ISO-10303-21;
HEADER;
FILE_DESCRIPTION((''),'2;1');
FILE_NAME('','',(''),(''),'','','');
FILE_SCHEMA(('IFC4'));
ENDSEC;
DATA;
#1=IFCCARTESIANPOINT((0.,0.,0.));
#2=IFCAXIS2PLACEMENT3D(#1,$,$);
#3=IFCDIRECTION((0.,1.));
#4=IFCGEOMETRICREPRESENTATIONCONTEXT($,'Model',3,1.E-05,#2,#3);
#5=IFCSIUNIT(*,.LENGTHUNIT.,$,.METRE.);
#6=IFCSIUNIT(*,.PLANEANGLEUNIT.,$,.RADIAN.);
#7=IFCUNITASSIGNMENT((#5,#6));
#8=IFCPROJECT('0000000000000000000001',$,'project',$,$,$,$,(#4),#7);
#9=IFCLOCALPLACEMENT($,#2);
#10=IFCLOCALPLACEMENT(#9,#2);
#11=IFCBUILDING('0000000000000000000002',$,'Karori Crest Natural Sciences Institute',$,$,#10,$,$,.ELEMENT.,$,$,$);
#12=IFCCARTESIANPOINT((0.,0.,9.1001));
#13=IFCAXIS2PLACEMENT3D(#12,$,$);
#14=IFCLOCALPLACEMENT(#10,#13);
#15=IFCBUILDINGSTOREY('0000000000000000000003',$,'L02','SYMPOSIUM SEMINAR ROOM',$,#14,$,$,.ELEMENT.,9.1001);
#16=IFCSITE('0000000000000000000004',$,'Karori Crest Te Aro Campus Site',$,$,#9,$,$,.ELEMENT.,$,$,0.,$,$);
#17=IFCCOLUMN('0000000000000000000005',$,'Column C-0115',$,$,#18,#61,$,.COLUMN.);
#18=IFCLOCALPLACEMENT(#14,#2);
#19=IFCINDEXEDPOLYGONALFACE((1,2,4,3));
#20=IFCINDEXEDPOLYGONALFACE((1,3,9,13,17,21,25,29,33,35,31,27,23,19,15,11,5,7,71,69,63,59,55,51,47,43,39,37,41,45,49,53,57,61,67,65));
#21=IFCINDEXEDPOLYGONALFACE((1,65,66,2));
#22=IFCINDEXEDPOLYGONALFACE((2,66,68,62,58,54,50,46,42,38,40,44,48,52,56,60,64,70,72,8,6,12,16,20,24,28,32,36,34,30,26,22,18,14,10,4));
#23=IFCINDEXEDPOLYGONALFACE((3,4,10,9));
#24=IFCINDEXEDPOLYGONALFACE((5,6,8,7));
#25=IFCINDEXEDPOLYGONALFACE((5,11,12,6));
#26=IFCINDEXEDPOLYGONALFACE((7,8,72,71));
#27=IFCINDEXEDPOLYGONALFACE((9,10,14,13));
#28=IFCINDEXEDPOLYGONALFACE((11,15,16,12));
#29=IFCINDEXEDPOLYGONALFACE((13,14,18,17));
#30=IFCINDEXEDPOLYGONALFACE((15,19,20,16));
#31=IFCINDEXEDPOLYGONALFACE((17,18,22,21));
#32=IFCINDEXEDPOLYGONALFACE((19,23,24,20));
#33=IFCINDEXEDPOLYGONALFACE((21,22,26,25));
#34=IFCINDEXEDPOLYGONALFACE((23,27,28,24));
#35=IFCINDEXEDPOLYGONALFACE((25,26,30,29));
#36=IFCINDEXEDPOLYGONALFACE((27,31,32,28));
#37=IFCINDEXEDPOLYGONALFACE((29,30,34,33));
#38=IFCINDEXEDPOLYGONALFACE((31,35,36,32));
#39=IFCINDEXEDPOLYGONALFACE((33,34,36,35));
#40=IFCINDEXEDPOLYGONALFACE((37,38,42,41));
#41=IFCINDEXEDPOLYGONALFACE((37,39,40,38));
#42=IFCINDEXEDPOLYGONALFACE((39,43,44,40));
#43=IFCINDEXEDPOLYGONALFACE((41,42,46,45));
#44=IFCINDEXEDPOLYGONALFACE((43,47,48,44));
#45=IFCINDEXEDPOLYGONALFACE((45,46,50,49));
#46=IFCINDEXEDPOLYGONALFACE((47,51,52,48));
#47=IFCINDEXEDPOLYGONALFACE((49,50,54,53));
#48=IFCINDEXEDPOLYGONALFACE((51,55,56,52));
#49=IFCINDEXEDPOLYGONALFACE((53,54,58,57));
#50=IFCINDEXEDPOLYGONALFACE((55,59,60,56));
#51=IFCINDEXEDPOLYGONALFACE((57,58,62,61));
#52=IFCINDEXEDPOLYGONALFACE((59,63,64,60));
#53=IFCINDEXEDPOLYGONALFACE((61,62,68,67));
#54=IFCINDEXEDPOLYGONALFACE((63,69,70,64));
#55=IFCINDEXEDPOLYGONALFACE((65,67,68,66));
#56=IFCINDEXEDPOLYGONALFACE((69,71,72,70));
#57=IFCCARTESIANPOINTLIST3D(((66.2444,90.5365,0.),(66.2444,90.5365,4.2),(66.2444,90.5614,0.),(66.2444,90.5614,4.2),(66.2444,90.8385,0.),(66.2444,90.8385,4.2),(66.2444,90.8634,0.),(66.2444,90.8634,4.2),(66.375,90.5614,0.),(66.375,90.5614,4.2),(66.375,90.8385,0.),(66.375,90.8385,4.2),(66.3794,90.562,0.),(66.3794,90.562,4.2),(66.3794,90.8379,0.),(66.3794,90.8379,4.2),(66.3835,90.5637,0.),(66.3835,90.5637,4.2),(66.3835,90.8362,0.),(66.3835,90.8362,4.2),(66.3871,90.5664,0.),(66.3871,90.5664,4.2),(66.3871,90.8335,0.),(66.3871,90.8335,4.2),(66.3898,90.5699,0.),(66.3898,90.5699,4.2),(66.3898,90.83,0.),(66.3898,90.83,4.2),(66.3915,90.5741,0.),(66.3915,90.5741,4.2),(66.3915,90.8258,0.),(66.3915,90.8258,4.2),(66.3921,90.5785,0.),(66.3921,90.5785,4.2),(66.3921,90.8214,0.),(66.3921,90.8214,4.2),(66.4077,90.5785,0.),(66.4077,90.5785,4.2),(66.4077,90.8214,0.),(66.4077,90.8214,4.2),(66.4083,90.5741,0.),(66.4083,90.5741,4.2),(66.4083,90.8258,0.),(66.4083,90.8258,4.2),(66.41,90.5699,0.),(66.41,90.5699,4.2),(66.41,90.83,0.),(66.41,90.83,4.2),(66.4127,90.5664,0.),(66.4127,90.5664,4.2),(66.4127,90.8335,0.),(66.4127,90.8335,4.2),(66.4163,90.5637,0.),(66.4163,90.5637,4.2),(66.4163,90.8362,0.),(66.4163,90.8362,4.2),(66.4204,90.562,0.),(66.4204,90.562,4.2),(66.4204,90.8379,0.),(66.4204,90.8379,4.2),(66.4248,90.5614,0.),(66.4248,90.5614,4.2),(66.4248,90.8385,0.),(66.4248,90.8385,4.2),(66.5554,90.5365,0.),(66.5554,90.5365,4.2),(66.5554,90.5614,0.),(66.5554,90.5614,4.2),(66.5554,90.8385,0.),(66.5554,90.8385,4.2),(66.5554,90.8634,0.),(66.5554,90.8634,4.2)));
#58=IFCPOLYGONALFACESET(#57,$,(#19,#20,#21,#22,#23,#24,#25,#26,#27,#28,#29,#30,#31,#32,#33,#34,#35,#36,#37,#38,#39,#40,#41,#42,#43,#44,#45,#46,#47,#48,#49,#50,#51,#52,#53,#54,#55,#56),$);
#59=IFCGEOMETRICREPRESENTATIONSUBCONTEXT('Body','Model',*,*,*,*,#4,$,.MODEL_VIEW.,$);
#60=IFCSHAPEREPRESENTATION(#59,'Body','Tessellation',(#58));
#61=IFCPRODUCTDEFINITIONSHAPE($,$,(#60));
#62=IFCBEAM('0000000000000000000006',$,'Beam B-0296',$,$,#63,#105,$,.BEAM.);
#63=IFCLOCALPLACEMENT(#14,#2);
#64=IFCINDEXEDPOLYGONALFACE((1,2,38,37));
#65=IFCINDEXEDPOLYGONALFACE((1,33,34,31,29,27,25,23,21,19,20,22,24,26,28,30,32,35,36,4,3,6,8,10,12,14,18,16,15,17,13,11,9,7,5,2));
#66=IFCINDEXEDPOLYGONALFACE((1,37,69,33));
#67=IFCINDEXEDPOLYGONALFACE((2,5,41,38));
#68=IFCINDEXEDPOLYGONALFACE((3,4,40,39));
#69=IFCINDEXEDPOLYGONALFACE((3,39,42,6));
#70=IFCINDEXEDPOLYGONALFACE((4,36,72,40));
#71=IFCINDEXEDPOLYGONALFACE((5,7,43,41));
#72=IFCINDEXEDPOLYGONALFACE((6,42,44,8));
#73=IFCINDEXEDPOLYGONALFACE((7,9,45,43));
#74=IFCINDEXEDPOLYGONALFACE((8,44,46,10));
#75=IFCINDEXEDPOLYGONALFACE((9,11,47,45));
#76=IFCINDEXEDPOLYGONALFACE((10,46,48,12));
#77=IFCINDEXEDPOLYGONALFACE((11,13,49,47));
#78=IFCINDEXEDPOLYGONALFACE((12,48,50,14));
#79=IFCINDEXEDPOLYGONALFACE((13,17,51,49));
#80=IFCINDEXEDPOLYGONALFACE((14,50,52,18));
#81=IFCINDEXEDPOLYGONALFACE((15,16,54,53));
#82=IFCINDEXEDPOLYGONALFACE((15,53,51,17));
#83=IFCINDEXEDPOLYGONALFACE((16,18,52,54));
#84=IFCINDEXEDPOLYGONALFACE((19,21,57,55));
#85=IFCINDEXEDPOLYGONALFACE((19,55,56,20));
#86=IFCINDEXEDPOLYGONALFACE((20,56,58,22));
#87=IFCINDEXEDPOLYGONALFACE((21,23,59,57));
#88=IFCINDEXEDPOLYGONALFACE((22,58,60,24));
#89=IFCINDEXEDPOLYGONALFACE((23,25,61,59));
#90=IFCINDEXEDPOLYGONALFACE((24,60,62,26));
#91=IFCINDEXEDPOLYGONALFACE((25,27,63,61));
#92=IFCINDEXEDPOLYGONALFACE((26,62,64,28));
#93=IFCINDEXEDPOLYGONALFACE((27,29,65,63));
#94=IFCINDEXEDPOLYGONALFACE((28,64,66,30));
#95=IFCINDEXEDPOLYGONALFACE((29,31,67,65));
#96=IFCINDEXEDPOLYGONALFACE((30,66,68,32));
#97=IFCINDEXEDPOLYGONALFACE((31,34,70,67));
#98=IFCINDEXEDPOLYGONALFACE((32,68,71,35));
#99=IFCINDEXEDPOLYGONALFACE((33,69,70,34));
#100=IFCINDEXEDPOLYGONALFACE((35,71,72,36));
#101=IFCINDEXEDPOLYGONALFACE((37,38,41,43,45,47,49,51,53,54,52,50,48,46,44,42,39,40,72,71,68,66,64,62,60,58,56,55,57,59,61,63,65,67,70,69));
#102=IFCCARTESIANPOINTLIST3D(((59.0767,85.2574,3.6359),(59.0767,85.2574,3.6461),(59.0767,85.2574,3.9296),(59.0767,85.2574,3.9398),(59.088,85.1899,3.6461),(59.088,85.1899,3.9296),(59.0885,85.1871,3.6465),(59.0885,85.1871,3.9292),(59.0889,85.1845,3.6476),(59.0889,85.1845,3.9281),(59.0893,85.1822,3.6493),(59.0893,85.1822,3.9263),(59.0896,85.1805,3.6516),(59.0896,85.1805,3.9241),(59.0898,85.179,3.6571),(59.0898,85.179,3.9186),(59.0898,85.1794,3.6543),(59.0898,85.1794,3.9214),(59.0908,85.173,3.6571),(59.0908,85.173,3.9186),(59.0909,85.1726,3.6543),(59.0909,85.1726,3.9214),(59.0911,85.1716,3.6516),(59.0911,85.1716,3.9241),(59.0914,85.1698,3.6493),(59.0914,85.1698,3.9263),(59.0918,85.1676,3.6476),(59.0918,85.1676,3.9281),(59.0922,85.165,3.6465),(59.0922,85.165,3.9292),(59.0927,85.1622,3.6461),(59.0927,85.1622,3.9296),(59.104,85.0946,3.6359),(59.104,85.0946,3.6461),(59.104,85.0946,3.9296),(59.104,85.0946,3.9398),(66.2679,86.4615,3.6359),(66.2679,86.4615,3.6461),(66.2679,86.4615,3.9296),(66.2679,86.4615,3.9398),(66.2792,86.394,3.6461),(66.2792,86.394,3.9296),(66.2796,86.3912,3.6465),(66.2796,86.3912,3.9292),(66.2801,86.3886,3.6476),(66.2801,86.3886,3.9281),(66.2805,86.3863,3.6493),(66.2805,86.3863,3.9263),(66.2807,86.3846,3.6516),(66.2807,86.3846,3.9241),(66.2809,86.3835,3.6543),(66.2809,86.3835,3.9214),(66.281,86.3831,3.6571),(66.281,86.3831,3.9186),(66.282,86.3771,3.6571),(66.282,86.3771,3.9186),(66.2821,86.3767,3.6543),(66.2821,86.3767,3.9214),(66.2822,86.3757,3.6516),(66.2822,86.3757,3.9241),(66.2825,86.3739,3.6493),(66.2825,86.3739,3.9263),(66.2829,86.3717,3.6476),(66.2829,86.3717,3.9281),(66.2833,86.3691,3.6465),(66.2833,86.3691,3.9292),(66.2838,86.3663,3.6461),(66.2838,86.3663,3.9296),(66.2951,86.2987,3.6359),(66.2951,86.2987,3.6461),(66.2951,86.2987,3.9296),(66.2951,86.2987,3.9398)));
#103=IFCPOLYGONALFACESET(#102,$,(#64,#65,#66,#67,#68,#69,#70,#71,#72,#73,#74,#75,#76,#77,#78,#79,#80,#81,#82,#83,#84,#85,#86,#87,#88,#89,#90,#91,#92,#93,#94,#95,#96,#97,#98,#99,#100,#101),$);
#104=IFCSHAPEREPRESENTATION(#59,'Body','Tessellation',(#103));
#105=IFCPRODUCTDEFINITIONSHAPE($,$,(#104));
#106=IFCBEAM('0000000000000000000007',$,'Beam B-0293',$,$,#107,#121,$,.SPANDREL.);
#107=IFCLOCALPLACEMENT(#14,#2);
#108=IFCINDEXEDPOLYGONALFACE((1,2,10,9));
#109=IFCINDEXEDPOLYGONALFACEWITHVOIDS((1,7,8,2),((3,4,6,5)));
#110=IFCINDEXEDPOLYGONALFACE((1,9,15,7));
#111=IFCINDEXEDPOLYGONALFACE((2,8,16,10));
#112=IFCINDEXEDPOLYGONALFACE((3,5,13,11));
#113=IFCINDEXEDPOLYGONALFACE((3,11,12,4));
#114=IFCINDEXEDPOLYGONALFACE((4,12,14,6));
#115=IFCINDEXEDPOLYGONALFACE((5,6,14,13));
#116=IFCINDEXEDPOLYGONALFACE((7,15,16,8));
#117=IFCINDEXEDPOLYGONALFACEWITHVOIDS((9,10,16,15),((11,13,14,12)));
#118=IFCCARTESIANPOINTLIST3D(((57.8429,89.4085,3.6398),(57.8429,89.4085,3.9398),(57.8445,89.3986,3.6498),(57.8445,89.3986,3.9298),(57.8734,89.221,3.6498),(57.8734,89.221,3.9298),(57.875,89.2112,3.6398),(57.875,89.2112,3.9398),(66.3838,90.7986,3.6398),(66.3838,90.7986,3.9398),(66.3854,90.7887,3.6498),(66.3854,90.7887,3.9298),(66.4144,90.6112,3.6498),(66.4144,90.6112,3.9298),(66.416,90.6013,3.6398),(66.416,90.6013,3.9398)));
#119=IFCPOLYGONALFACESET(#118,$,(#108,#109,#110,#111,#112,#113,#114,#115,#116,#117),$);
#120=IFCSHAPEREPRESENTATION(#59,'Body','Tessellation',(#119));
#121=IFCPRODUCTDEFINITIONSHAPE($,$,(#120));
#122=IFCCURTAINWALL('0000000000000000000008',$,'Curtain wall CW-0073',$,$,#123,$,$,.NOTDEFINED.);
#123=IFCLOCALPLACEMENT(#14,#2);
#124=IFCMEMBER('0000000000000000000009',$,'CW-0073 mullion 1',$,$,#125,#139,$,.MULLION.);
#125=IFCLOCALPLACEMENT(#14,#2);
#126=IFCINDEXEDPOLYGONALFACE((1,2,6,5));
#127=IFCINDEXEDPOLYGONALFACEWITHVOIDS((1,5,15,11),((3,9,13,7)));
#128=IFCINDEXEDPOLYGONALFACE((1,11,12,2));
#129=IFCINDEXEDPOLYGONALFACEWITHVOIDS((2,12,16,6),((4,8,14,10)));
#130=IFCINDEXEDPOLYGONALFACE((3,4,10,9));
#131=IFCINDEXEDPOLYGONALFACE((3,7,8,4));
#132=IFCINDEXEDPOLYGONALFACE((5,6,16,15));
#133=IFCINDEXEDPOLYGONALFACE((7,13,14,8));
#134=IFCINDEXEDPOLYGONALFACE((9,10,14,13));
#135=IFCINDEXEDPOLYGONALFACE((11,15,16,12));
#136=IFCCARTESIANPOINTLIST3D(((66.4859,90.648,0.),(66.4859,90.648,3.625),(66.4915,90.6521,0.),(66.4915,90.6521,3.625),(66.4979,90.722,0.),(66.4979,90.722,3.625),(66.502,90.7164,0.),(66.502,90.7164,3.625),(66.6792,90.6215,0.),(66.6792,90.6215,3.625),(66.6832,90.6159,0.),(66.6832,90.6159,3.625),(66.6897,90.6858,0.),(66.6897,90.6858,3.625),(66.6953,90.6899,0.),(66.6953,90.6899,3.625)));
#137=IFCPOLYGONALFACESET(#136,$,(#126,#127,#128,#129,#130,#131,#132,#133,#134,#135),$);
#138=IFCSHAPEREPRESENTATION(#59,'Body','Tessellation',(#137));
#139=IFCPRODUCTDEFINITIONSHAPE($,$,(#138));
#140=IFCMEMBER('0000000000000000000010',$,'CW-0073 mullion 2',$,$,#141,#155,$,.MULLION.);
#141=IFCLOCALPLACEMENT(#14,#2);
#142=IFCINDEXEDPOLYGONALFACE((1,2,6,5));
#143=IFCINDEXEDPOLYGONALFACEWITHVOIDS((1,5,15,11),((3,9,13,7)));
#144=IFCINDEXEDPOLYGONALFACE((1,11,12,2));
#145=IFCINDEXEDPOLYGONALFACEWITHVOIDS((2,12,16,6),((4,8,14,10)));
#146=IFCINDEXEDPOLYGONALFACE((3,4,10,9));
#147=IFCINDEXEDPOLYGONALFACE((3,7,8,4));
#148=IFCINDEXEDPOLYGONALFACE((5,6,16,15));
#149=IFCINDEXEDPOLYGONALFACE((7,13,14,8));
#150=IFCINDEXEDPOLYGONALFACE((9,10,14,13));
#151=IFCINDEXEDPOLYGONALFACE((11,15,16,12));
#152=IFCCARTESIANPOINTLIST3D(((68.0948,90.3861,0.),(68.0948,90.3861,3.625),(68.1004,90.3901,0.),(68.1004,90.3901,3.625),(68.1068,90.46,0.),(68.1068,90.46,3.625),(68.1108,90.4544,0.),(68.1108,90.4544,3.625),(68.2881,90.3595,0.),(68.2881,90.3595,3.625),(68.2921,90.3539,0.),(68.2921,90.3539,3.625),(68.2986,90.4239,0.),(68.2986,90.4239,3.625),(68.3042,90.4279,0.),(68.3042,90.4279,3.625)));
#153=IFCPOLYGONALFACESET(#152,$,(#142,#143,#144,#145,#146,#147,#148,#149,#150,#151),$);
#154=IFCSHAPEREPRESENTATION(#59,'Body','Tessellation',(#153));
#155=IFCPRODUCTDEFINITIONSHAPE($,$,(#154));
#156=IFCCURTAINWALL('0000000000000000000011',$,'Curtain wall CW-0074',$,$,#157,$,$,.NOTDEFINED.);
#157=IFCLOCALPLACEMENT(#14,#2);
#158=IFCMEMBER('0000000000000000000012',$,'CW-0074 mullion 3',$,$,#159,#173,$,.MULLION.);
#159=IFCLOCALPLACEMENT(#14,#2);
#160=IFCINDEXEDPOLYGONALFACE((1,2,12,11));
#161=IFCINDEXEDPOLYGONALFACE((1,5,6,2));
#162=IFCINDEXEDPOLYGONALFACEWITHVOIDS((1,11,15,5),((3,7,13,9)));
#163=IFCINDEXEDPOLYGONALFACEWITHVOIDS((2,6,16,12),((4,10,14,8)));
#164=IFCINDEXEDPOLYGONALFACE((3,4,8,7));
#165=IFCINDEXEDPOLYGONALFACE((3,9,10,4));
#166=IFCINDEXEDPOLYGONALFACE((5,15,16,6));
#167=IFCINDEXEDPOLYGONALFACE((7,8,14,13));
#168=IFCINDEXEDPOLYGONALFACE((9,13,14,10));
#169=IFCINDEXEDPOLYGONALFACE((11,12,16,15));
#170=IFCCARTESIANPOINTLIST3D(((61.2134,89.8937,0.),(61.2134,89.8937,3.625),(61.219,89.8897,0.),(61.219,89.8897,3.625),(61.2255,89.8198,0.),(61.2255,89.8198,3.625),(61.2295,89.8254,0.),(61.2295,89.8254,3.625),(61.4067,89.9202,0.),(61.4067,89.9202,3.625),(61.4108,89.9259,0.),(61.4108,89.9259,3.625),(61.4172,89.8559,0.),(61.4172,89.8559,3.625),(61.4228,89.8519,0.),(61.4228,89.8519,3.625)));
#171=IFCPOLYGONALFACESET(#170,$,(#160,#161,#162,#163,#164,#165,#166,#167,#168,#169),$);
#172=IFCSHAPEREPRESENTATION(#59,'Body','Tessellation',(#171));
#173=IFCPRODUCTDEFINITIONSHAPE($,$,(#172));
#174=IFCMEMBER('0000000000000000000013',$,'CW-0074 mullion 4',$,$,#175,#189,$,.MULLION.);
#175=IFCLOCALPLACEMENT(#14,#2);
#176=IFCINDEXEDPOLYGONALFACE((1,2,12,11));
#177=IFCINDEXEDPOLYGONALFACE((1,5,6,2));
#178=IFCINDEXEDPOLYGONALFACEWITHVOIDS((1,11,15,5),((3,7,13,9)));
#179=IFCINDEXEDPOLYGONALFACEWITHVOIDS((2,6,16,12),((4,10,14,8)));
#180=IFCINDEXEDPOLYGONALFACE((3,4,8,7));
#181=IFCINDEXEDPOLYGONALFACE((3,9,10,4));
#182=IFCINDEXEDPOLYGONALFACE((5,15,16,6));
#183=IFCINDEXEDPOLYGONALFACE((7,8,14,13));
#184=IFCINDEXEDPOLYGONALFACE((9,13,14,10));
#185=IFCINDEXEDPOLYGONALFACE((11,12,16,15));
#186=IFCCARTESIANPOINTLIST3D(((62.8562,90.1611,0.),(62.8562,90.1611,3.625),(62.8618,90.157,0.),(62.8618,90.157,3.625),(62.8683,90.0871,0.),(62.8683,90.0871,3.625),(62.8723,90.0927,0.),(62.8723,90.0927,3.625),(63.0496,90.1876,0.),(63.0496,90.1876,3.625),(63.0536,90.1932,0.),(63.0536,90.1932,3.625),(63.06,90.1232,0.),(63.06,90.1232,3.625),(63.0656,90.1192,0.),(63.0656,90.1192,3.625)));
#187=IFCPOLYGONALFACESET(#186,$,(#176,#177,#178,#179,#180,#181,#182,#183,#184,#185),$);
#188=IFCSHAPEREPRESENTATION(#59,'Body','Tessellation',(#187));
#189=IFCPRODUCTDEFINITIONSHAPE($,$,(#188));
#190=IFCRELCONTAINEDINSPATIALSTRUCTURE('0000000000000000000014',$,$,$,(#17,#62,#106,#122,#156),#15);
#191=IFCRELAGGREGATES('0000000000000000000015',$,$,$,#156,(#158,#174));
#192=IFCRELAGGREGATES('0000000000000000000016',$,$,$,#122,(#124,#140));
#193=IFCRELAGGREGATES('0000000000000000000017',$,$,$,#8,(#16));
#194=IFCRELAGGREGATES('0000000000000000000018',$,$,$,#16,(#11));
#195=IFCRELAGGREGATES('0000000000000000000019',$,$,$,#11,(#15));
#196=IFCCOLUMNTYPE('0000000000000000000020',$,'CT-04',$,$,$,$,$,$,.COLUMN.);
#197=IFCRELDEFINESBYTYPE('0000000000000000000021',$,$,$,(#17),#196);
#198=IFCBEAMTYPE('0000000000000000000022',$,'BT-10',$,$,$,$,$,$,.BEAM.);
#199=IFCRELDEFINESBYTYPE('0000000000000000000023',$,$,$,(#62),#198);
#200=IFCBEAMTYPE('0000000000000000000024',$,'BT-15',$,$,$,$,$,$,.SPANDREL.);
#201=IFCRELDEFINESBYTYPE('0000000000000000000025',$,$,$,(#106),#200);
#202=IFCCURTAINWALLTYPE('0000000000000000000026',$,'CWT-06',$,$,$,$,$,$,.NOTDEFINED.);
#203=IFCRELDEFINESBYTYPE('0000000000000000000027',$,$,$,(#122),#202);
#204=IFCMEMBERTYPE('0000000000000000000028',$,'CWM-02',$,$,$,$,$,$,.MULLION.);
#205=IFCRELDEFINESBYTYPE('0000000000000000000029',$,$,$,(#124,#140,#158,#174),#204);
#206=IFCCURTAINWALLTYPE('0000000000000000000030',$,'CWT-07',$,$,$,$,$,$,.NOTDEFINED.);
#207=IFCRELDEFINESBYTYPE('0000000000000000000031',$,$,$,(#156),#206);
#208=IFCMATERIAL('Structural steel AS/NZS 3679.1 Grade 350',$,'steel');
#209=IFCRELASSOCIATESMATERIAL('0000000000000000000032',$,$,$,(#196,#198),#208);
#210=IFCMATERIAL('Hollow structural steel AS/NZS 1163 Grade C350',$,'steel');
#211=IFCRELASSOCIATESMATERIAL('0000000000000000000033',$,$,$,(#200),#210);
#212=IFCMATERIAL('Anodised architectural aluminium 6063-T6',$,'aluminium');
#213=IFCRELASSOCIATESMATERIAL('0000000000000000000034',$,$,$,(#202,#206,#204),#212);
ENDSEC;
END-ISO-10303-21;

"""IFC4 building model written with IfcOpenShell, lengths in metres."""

from ifc_helpers import new_model, si_unit, direction, frame, origin, origin_2d, place, context, subcontext, project, spatial, hollow_rectangle, i_section, extrude, material, material_profile, profile_set, type_object, element, aggregate, save


model = new_model("IFC4")

# Units and contexts
model_context = context("Model", 3, precision=1e-05, world=origin(), true_north=direction((0.0, 1.0)))
body_context = subcontext(model_context, "Body", "Model", "MODEL_VIEW")
ifc_project = project(units=[si_unit("LENGTHUNIT", "METRE"), si_unit("PLANEANGLEUNIT", "RADIAN")], contexts=[model_context])

# Site, building, storey
site_placement = place(None, origin())
site = spatial("IfcSite", under=ifc_project, at=site_placement, Name="Karori Crest Te Aro Campus Site", CompositionType="ELEMENT", RefElevation=0.0)
building_placement = place(site_placement, origin())
building = spatial("IfcBuilding", under=site, at=building_placement, Name="Karori Crest Natural Sciences Institute", CompositionType="ELEMENT")
storey_placement = place(building_placement, frame((0.0, 0.0, 9.1001)))
storey = spatial("IfcBuildingStorey", under=building, at=storey_placement, Name="L02", Description="SYMPOSIUM SEMINAR ROOM", CompositionType="ELEMENT", Elevation=9.1001)

# Column
ifc_material_1 = material(Name="Structural steel AS/NZS 3679.1 Grade 350", Category="steel")
ifc_material_profile_1 = material_profile(ifc_material_1, i_section(OverallWidth=0.311, OverallDepth=0.3269, WebThickness=0.0156, FlangeThickness=0.0249, FilletRadius=0.0171, at=origin_2d()), Name="310UC158")
ifc_profile_set_1 = profile_set([ifc_material_profile_1], Name="Structural steel AS/NZS 3679.1 Grade 350")
column_type = type_object("IfcColumnType", Name="CT-04", PredefinedType="COLUMN", material=ifc_profile_set_1)
column_placement = place(storey_placement, frame((66.3999, 90.7, 0.0), z_axis=(0.0, 0.0, 1.0), x_axis=(1.0, 0.0, 0.0)))
element("IfcColumn", 1, at=column_placement, inside=storey, type_object=column_type, Name="Column C-0115", PredefinedType="COLUMN", context=body_context, shape_type="SweptSolid", body=[
    extrude(i_section(OverallWidth=0.311, OverallDepth=0.3269, WebThickness=0.0156, FlangeThickness=0.0249, FilletRadius=0.0171, at=origin_2d()), origin(), (0.0, 0.0, 1.0), 4.2),
])

# Beams
ifc_material_profile_2 = material_profile(ifc_material_1, i_section(OverallWidth=0.165, OverallDepth=0.304, WebThickness=0.0061, FlangeThickness=0.0103, FilletRadius=0.011, at=origin_2d()), Name="310UB40.4")
ifc_profile_set_2 = profile_set([ifc_material_profile_2], Name="Structural steel AS/NZS 3679.1 Grade 350")
beam_type_1 = type_object("IfcBeamType", Name="BT-10", PredefinedType="BEAM", material=ifc_profile_set_2)
beam_1_placement = place(storey_placement, frame((66.2815, 86.3801, 3.7878), z_axis=(-0.98627, -0.165143, 0.0), x_axis=(0.165143, -0.98627, 0.0)))
element("IfcBeam", 2, at=beam_1_placement, inside=storey, type_object=beam_type_1, Name="Beam B-0296", PredefinedType="BEAM", context=body_context, shape_type="SweptSolid", body=[
    extrude(i_section(OverallWidth=0.165, OverallDepth=0.304, WebThickness=0.0061, FlangeThickness=0.0103, FilletRadius=0.011, at=origin_2d()), origin(), (0.0, 0.0, 1.0), 7.2913),
])
ifc_material_2 = material(Name="Hollow structural steel AS/NZS 1163 Grade C350", Category="steel")
ifc_material_profile_3 = material_profile(ifc_material_2, hollow_rectangle(XDim=0.2, YDim=0.3, WallThickness=0.01, at=origin_2d()), Name="RHS300x200x10")
ifc_profile_set_3 = profile_set([ifc_material_profile_3], Name="Hollow structural steel AS/NZS 1163 Grade C350")
beam_type_2 = type_object("IfcBeamType", Name="BT-15", PredefinedType="SPANDREL", material=ifc_profile_set_3)
beam_2_placement = place(storey_placement, frame((66.3999, 90.7, 3.7898), z_axis=(-0.987012, -0.160646, 0.0), x_axis=(0.160646, -0.987012, 0.0)))
element("IfcBeam", 3, at=beam_2_placement, inside=storey, type_object=beam_type_2, Name="Beam B-0293", PredefinedType="SPANDREL", context=body_context, shape_type="SweptSolid", body=[
    extrude(hollow_rectangle(XDim=0.2, YDim=0.3, WallThickness=0.01, at=origin_2d()), origin(), (0.0, 0.0, 1.0), 8.6533),
])

# Curtain walls, members
ifc_material_3 = material(Name="Anodised architectural aluminium 6063-T6", Category="aluminium")
curtain_wall_type_1 = type_object("IfcCurtainWallType", Name="CWT-06", PredefinedType="NOTDEFINED", material=ifc_material_3)
curtain_wall_1_placement = place(storey_placement, origin())
curtain_wall_1 = element("IfcCurtainWall", 4, at=curtain_wall_1_placement, inside=storey, type_object=curtain_wall_type_1, Name="Curtain wall CW-0073", PredefinedType="NOTDEFINED")
ifc_material_profile_4 = material_profile(ifc_material_3, hollow_rectangle(XDim=0.075, YDim=0.2, WallThickness=0.0049, at=origin_2d()), Name="CWM200x75x5")
ifc_profile_set_4 = profile_set([ifc_material_profile_4], Name="Anodised architectural aluminium 6063-T6")
member_type_1 = type_object("IfcMemberType", Name="CWM-02", PredefinedType="MULLION", material=ifc_profile_set_4)
member_1_placement = place(storey_placement, frame((66.5906, 90.6689, 0.0), z_axis=(0.0, 0.0, 1.0), x_axis=(0.160652, 0.987011, 0.0)))
member_1 = element("IfcMember", 5, at=member_1_placement, type_object=member_type_1, Name="CW-0073 mullion 1", PredefinedType="MULLION", context=body_context, shape_type="SweptSolid", body=[
    extrude(hollow_rectangle(XDim=0.075, YDim=0.2, WallThickness=0.0049, at=origin_2d()), origin(), (0.0, 0.0, 1.0), 3.625),
])
member_2_placement = place(storey_placement, frame((68.1995, 90.407, 0.0), z_axis=(0.0, 0.0, 1.0), x_axis=(0.160652, 0.987011, 0.0)))
member_2 = element("IfcMember", 6, at=member_2_placement, type_object=member_type_1, Name="CW-0073 mullion 2", PredefinedType="MULLION", context=body_context, shape_type="SweptSolid", body=[
    extrude(hollow_rectangle(XDim=0.075, YDim=0.2, WallThickness=0.0049, at=origin_2d()), origin(), (0.0, 0.0, 1.0), 3.625),
])
curtain_wall_type_2 = type_object("IfcCurtainWallType", Name="CWT-07", PredefinedType="NOTDEFINED", material=ifc_material_3)
curtain_wall_2_placement = place(storey_placement, origin())
curtain_wall_2 = element("IfcCurtainWall", 7, at=curtain_wall_2_placement, inside=storey, type_object=curtain_wall_type_2, Name="Curtain wall CW-0074", PredefinedType="NOTDEFINED")
member_3_placement = place(storey_placement, frame((61.3181, 89.8728, 0.0), z_axis=(0.0, 0.0, 1.0), x_axis=(-0.160657, 0.98701, 0.0)))
member_3 = element("IfcMember", 8, at=member_3_placement, type_object=member_type_1, Name="CW-0074 mullion 3", PredefinedType="MULLION", context=body_context, shape_type="SweptSolid", body=[
    extrude(hollow_rectangle(XDim=0.075, YDim=0.2, WallThickness=0.0049, at=origin_2d()), origin(), (0.0, 0.0, 1.0), 3.625),
])
member_4_placement = place(storey_placement, frame((62.9609, 90.1401, 0.0), z_axis=(0.0, 0.0, 1.0), x_axis=(-0.160657, 0.98701, 0.0)))
member_4 = element("IfcMember", 9, at=member_4_placement, type_object=member_type_1, Name="CW-0074 mullion 4", PredefinedType="MULLION", context=body_context, shape_type="SweptSolid", body=[
    extrude(hollow_rectangle(XDim=0.075, YDim=0.2, WallThickness=0.0049, at=origin_2d()), origin(), (0.0, 0.0, 1.0), 3.625),
])

aggregate(curtain_wall_2, [member_3, member_4])
aggregate(curtain_wall_1, [member_1, member_2])

save(model, "model.ifc")
